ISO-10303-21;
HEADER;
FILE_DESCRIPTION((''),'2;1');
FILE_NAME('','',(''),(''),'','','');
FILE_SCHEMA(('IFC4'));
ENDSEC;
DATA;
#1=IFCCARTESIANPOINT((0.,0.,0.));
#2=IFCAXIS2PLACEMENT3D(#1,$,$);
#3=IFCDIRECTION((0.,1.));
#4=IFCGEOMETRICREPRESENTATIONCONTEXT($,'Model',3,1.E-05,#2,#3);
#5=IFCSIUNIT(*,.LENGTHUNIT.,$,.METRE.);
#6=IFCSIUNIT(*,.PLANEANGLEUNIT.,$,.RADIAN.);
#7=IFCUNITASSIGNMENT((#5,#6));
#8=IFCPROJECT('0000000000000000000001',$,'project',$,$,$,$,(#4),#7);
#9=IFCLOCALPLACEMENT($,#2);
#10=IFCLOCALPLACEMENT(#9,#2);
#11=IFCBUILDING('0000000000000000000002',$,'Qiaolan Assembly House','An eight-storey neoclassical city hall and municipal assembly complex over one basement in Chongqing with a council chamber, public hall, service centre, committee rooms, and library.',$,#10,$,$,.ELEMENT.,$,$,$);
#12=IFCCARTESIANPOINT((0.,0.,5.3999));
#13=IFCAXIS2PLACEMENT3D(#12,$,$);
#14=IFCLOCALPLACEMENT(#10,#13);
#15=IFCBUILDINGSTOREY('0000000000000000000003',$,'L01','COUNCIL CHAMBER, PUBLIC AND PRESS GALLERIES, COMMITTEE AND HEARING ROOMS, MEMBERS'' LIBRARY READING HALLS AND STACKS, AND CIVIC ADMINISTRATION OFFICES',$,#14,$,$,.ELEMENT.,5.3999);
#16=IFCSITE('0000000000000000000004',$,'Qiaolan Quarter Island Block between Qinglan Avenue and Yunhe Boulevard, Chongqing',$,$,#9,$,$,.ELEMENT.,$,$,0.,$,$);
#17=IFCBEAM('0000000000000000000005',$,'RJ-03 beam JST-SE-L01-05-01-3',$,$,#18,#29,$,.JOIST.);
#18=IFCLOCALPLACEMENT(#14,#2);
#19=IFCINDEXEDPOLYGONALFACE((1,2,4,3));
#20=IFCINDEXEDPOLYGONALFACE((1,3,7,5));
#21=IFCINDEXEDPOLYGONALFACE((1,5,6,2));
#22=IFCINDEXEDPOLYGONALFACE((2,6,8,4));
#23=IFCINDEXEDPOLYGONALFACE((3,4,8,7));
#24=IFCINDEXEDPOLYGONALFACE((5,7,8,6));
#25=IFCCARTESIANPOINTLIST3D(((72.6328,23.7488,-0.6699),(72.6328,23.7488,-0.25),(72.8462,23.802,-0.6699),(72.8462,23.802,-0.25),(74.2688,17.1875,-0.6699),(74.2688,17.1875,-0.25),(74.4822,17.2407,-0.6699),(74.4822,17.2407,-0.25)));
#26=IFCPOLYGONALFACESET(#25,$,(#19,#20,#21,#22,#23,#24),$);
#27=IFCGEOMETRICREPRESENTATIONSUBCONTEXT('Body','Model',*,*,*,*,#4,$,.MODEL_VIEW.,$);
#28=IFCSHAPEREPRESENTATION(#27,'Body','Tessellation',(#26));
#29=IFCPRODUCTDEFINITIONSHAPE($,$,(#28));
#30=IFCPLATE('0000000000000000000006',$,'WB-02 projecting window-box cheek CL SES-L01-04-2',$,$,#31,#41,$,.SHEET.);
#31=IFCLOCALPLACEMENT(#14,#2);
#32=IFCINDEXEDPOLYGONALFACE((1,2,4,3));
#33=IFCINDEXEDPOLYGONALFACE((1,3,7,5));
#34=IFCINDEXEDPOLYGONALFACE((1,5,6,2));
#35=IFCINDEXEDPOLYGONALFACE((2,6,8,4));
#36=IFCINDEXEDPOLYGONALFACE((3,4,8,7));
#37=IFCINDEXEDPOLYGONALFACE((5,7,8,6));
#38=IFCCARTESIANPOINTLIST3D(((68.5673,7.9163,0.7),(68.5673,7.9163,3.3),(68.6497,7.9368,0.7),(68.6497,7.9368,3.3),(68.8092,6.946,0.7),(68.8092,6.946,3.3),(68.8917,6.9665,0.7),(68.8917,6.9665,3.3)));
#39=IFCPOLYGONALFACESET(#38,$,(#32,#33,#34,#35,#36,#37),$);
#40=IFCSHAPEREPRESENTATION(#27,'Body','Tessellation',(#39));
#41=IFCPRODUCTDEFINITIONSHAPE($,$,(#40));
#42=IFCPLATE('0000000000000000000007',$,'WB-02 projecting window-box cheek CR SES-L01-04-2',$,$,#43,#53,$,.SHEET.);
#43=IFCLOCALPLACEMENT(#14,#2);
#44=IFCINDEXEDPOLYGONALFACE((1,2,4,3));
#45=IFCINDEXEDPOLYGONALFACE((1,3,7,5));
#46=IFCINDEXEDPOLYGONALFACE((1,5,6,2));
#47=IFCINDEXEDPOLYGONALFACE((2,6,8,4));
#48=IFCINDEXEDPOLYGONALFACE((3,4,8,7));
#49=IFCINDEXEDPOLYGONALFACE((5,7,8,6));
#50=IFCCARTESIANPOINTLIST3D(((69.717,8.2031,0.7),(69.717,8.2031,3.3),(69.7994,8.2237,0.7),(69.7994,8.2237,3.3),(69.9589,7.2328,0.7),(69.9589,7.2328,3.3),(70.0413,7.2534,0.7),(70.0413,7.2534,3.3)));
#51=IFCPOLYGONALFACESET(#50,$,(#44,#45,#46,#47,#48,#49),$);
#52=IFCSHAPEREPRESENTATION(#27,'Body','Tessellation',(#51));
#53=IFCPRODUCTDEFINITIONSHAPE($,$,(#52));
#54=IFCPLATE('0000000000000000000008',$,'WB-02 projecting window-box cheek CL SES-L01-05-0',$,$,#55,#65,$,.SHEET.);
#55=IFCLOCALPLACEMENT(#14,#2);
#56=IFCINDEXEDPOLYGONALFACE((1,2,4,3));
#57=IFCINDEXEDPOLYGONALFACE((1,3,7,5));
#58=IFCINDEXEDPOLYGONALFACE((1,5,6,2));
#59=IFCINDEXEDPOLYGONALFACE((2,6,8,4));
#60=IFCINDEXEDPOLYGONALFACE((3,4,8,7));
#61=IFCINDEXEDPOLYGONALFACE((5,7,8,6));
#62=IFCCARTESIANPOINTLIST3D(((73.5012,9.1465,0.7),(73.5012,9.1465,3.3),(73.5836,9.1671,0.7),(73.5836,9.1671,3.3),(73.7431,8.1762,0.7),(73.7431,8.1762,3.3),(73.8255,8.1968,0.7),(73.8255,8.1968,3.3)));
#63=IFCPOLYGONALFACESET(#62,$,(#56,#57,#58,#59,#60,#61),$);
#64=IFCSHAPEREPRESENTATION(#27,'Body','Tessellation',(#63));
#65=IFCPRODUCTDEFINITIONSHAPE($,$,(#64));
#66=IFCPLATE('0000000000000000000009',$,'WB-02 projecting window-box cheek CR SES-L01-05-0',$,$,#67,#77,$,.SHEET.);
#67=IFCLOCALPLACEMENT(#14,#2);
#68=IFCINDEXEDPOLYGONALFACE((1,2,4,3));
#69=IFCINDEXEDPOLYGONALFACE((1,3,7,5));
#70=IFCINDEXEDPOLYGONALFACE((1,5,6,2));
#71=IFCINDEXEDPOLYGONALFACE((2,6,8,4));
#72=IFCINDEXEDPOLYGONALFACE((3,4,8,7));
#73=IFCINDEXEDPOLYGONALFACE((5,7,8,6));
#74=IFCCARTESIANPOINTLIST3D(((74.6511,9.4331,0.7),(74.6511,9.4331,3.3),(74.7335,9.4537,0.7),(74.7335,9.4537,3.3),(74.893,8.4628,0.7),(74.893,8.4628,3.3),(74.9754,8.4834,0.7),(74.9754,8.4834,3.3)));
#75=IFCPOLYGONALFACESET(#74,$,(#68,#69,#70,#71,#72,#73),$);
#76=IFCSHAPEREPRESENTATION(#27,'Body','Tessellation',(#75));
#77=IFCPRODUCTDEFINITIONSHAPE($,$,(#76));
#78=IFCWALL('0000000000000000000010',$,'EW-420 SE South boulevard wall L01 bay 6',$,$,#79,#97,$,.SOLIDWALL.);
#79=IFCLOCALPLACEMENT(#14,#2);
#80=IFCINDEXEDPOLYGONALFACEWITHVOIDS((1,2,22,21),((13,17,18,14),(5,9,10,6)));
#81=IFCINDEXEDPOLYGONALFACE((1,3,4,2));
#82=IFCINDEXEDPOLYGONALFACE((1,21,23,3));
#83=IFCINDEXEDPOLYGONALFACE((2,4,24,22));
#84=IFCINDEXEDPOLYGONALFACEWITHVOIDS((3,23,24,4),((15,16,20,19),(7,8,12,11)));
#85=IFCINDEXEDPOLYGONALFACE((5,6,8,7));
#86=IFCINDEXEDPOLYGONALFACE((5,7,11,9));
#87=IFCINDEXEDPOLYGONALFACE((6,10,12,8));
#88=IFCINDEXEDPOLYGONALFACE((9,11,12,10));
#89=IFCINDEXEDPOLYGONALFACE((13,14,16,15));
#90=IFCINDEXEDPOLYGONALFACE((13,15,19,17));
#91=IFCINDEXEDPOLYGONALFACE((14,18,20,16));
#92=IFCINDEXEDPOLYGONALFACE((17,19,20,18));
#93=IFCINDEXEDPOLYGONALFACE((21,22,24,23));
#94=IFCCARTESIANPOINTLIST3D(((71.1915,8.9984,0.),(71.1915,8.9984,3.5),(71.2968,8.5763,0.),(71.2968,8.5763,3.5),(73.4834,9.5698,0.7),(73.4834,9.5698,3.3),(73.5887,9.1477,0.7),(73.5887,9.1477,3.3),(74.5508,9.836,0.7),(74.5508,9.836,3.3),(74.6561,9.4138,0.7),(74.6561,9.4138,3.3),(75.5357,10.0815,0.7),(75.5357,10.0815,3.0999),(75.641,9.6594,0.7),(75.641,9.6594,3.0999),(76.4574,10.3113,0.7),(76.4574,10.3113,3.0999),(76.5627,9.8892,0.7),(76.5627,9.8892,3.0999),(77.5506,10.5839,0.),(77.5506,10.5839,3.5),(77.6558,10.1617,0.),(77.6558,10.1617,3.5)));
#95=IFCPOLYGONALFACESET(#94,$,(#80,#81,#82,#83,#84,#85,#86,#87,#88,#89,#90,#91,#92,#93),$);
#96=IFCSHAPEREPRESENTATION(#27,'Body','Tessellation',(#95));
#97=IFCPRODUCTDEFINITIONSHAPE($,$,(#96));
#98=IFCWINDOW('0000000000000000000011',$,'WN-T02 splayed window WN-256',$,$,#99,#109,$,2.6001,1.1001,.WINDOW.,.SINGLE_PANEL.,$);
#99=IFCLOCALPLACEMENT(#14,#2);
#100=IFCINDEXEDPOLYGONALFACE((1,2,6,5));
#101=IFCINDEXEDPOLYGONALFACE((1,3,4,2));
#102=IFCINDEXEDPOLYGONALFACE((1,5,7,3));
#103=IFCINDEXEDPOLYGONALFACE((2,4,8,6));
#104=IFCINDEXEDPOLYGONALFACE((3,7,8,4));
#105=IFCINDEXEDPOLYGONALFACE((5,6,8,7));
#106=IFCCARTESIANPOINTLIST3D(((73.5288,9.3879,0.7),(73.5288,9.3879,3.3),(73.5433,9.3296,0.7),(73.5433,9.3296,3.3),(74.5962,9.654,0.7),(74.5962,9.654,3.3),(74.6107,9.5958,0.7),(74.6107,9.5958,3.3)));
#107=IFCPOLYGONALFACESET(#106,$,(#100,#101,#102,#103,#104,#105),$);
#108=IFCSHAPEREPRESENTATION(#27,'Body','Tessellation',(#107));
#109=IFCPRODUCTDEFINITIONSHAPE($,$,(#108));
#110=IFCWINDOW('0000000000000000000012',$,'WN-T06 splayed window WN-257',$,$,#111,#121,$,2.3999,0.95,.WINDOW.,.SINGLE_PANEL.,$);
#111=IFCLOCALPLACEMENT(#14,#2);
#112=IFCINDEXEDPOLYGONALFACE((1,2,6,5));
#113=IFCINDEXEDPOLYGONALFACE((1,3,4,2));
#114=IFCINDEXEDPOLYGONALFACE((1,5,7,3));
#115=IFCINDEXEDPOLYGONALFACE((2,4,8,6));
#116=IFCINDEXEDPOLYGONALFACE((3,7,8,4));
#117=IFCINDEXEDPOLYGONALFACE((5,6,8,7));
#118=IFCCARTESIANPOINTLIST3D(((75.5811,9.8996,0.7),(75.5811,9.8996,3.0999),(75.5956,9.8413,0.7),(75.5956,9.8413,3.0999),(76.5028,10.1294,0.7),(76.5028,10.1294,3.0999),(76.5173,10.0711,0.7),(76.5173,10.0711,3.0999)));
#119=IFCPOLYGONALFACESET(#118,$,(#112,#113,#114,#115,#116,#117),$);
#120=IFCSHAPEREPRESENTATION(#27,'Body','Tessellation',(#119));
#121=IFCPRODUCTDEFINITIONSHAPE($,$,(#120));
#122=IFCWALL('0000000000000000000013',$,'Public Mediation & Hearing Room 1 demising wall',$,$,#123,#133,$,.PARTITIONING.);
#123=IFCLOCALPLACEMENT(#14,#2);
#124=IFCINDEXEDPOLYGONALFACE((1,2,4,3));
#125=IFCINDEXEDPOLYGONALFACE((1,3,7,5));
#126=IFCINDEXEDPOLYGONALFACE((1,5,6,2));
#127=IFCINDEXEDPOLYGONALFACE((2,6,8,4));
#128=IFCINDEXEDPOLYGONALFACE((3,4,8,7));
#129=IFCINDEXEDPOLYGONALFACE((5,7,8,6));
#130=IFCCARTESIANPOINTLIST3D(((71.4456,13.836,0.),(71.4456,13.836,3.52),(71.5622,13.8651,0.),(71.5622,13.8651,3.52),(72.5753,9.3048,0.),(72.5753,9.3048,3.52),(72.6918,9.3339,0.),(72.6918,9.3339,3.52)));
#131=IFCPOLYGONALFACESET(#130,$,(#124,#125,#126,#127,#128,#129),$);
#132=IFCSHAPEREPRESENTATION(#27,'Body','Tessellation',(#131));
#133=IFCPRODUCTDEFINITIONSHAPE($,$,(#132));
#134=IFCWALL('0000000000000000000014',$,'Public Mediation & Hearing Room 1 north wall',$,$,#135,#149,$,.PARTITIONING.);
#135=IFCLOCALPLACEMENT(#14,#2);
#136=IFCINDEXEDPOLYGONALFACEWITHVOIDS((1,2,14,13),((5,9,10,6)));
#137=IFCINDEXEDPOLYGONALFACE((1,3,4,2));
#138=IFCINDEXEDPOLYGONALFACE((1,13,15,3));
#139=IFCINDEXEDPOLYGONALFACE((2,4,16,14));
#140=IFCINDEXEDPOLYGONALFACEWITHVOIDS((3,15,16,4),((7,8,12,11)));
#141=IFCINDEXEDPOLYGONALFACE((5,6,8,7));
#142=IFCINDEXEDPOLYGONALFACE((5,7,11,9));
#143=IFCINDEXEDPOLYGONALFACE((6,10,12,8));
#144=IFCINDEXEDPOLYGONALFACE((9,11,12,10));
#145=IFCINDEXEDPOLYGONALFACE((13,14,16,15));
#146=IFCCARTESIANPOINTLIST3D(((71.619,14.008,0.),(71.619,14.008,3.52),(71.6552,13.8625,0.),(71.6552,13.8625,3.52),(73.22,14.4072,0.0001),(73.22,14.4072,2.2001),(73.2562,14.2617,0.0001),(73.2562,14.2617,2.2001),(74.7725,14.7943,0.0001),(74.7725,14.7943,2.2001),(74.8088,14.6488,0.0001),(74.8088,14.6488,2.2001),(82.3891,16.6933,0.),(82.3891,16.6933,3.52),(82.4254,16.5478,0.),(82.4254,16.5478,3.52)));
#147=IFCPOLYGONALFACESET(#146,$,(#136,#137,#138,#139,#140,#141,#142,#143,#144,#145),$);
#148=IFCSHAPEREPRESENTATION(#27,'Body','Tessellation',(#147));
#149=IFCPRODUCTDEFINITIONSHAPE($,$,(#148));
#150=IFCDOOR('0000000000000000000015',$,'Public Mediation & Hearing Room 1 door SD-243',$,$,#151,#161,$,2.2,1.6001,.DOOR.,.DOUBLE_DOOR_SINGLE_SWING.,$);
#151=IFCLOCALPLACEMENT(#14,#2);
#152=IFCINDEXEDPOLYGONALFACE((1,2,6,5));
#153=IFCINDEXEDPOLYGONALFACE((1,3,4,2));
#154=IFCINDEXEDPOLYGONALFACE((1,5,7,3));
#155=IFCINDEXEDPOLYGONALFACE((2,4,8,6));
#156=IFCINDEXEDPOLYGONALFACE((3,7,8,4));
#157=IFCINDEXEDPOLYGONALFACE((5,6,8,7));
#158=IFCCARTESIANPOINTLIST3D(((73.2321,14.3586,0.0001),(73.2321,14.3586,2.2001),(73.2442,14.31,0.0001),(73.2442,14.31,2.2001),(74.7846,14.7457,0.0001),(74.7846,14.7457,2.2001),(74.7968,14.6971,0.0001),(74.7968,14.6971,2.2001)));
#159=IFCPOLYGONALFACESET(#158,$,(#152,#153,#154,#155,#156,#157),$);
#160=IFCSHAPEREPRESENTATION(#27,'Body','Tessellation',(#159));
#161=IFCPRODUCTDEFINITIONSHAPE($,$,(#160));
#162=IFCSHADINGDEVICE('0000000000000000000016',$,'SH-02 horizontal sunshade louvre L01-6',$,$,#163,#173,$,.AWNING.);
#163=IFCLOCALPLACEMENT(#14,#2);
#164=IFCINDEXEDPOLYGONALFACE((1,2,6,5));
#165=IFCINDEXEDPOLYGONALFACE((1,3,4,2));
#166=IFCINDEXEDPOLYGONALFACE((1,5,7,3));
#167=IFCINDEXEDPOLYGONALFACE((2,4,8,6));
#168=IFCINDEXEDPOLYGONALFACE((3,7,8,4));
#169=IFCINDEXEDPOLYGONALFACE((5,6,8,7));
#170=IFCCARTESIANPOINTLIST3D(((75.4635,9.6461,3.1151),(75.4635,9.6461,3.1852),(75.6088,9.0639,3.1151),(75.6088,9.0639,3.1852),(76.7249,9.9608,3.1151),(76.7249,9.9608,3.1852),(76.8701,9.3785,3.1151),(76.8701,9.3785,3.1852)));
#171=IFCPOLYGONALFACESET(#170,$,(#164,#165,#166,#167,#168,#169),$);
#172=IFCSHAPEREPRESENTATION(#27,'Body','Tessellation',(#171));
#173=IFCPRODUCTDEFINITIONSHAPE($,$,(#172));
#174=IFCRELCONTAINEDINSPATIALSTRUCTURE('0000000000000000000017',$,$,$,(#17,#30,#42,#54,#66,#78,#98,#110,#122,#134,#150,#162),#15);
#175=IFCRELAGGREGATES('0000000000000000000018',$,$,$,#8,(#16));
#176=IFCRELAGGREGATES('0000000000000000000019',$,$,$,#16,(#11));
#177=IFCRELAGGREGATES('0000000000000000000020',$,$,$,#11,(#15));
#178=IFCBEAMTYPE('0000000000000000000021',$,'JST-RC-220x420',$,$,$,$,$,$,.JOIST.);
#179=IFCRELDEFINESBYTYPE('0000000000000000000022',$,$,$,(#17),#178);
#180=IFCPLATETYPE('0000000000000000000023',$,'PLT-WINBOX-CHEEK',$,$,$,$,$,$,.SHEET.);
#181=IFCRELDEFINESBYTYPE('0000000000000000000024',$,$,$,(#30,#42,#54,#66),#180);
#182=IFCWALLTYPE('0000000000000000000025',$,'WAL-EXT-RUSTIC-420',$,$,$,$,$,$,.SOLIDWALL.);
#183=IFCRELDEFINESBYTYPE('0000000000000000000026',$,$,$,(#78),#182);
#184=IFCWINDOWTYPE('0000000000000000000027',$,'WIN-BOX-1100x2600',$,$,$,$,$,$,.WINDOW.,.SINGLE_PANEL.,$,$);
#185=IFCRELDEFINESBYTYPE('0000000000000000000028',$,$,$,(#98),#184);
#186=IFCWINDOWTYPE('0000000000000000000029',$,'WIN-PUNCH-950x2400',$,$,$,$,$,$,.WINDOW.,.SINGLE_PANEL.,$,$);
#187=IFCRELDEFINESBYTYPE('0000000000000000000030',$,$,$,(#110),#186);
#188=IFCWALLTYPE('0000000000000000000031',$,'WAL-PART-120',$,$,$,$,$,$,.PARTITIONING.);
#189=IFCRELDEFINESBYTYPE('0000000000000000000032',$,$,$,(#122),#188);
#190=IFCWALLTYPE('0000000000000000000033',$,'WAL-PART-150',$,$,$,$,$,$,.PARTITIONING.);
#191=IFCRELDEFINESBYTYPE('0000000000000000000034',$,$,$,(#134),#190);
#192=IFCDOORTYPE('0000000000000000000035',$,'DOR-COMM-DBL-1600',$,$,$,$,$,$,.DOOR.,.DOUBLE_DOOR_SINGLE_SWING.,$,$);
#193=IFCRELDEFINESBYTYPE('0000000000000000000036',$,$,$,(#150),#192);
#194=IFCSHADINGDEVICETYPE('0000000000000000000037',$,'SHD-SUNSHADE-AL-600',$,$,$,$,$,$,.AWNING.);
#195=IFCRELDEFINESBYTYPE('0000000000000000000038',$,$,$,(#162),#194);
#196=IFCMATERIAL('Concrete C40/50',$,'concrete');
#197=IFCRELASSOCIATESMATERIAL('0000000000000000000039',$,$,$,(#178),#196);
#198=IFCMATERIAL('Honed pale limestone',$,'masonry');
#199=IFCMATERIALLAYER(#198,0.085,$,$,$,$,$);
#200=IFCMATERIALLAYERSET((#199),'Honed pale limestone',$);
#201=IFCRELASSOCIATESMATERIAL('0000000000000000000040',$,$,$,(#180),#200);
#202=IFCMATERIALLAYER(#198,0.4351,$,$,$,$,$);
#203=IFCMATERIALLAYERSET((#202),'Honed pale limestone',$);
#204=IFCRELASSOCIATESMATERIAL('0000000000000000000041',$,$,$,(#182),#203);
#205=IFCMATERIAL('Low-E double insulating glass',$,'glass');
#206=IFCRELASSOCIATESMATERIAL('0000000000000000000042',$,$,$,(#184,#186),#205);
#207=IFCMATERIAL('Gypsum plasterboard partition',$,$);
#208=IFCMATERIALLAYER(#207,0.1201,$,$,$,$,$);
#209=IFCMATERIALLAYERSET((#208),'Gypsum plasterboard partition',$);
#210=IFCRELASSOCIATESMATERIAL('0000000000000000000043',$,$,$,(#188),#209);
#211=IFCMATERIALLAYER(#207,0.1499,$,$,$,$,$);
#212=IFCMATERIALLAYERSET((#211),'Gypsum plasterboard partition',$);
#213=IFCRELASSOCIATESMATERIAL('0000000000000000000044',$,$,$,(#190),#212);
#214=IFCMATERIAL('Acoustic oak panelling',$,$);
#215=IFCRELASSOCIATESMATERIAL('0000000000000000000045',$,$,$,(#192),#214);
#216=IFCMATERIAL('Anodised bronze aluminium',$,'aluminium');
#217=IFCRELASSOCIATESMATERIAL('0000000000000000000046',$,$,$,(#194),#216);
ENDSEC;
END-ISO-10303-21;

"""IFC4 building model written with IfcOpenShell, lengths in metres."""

from ifc_helpers import new_model, si_unit, direction, frame, frame_2d, origin, origin_2d, place, context, subcontext, project, spatial, rectangle, extrude, material, layer, layer_set, material_profile, profile_set, type_object, element, fill, save


model = new_model("IFC4")

# Units and contexts
model_context = context("Model", 3, precision=1e-05, world=origin(), true_north=direction((0.0, 1.0)))
body_context = subcontext(model_context, "Body", "Model", "MODEL_VIEW")
ifc_project = project(units=[si_unit("LENGTHUNIT", "METRE"), si_unit("PLANEANGLEUNIT", "RADIAN")], contexts=[model_context])

# Site, building, storey
site_placement = place(None, origin())
site = spatial("IfcSite", under=ifc_project, at=site_placement, Name="Qiaolan Quarter Island Block between Qinglan Avenue and Yunhe Boulevard, Chongqing", CompositionType="ELEMENT", RefElevation=0.0)
building_placement = place(site_placement, origin())
building = spatial("IfcBuilding", under=site, at=building_placement, Name="Qiaolan Assembly House", Description="An eight-storey neoclassical city hall and municipal assembly complex over one basement in Chongqing with a council chamber, public hall, service centre, committee rooms, and library.", CompositionType="ELEMENT")
storey_placement = place(building_placement, frame((0.0, 0.0, 5.3999)))
storey = spatial("IfcBuildingStorey", under=building, at=storey_placement, Name="L01", Description="COUNCIL CHAMBER, PUBLIC AND PRESS GALLERIES, COMMITTEE AND HEARING ROOMS, MEMBERS' LIBRARY READING HALLS AND STACKS, AND CIVIC ADMINISTRATION OFFICES", CompositionType="ELEMENT", Elevation=5.3999)

# Beam
ifc_material_1 = material(Name="Concrete C40/50", Category="concrete")
ifc_material_profile_1 = material_profile(ifc_material_1, rectangle(XDim=0.22, YDim=0.4199, at=origin_2d()), Name="RCB 220x420")
ifc_profile_set_1 = profile_set([ifc_material_profile_1], Name="Concrete C40/50")
beam_type_1 = type_object("IfcBeamType", Name="JST-RC-220x420", PredefinedType="JOIST", material=ifc_profile_set_1)
beam_1_placement = place(storey_placement, frame((74.3755, 17.2141, -0.46), z_axis=(-0.241932, 0.970293, 0.0), x_axis=(-0.970293, -0.241932, 0.0)))
element("IfcBeam", 1, at=beam_1_placement, inside=storey, type_object=beam_type_1, Name="RJ-03 beam JST-SE-L01-05-01-3", PredefinedType="JOIST", context=body_context, shape_type="SweptSolid", body=[
    extrude(rectangle(XDim=0.22, YDim=0.4199, at=origin_2d()), origin(), (0.0, 0.0, 1.0), 6.7622),
])

# Plates
ifc_material_2 = material(Name="Honed pale limestone", Category="masonry")
ifc_layer_1 = layer(ifc_material_2, 0.085)
ifc_layer_set_1 = layer_set([ifc_layer_1], Name="Honed pale limestone")
plate_type = type_object("IfcPlateType", Name="PLT-WINBOX-CHEEK", PredefinedType="SHEET", material=ifc_layer_set_1)
for number, where, z_axis, x_axis, name in (
    (2, (68.7295, 7.4414, 0.7), (0.0, 0.0, 1.0), (0.970296, 0.241922, 0.0), "WB-02 projecting window-box cheek CL SES-L01-04-2"),
    (3, (69.8792, 7.7283, 0.7), (0.0, 0.0, 1.0), (0.970296, 0.241922, 0.0), "WB-02 projecting window-box cheek CR SES-L01-04-2"),
    (4, (73.6633, 8.6716, 0.7), (0.0, 0.0, 1.0), (0.970296, 0.241922, 0.0), "WB-02 projecting window-box cheek CL SES-L01-05-0"),
    (5, (74.8132, 8.9583, 0.7), (0.0, 0.0, 1.0), (0.970296, 0.241922, 0.0), "WB-02 projecting window-box cheek CR SES-L01-05-0"),
):
    element("IfcPlate", number, at=place(storey_placement, frame(where, z_axis=z_axis, x_axis=x_axis)), inside=storey, type_object=plate_type, Name=name, PredefinedType="SHEET", context=body_context, shape_type="SweptSolid", body=[
        extrude(rectangle(XDim=0.085, YDim=1.0, at=origin_2d()), origin(), (0.0, 0.0, 1.0), 2.6001),
    ])

# Wall, openings, windows
ifc_layer_2 = layer(ifc_material_2, 0.4351)
ifc_layer_set_2 = layer_set([ifc_layer_2], Name="Honed pale limestone")
wall_type_1 = type_object("IfcWallType", Name="WAL-EXT-RUSTIC-420", PredefinedType="SOLIDWALL", material=ifc_layer_set_2)
wall_1_placement = place(storey_placement, frame((71.2441, 8.7874, 0.0), z_axis=(0.0, 0.0, 1.0), x_axis=(0.970298, 0.241913, 0.0)))
wall_1 = element("IfcWall", 6, at=wall_1_placement, inside=storey, type_object=wall_type_1, Name="EW-420 SE South boulevard wall L01 bay 6", PredefinedType="SOLIDWALL", context=body_context, shape_type="SweptSolid", body=[
    extrude(rectangle(XDim=6.5537, YDim=0.4351, at=frame_2d((3.2769, 0.0))), origin(), (0.0, 0.0, 1.0), 3.5),
])
opening_1_placement = place(wall_1_placement, frame((2.3621, 0.0, 0.7)))
opening_1 = element("IfcOpeningElement", 7, at=opening_1_placement, cuts=wall_1, PredefinedType="OPENING", context=body_context, shape_type="SweptSolid", body=[
    extrude(rectangle(XDim=1.1001, YDim=2.6001, at=frame_2d((0.55, 1.3))), frame((0.0, 0.2275, 0.0), z_axis=(0.0, -1.0, 0.0), x_axis=(1.0, 0.0, 0.0)), (0.0, 0.0, 1.0), 0.4551),
])
opening_2_placement = place(wall_1_placement, frame((4.4771, 0.0, 0.7)))
opening_2 = element("IfcOpeningElement", 8, at=opening_2_placement, cuts=wall_1, PredefinedType="OPENING", context=body_context, shape_type="SweptSolid", body=[
    extrude(rectangle(XDim=0.95, YDim=2.3999, at=frame_2d((0.4751, 1.2))), frame((0.0, 0.2275, 0.0), z_axis=(0.0, -1.0, 0.0), x_axis=(1.0, 0.0, 0.0)), (0.0, 0.0, 1.0), 0.4551),
])
ifc_material_3 = material(Name="Low-E double insulating glass", Category="glass")
window_type_1 = type_object("IfcWindowType", Name="WIN-BOX-1100x2600", PartitioningType="SINGLE_PANEL", PredefinedType="WINDOW", material=ifc_material_3)
window_1_placement = place(opening_1_placement, origin())
window_1 = element("IfcWindow", 9, at=window_1_placement, inside=storey, type_object=window_type_1, Name="WN-T02 splayed window WN-256", OverallHeight=2.6001, OverallWidth=1.1001, PartitioningType="SINGLE_PANEL", PredefinedType="WINDOW", context=body_context, shape_type="SweptSolid", body=[
    extrude(rectangle(XDim=1.1001, YDim=2.6001, at=frame_2d((0.55, 1.3))), frame((0.0, 0.03, 0.0), z_axis=(0.0, -1.0, 0.0), x_axis=(1.0, 0.0, 0.0)), (0.0, 0.0, 1.0), 0.0601),
])
fill(opening_1, window_1)
window_type_2 = type_object("IfcWindowType", Name="WIN-PUNCH-950x2400", PartitioningType="SINGLE_PANEL", PredefinedType="WINDOW", material=ifc_material_3)
window_2_placement = place(opening_2_placement, origin())
window_2 = element("IfcWindow", 10, at=window_2_placement, inside=storey, type_object=window_type_2, Name="WN-T06 splayed window WN-257", OverallHeight=2.3999, OverallWidth=0.95, PartitioningType="SINGLE_PANEL", PredefinedType="WINDOW", context=body_context, shape_type="SweptSolid", body=[
    extrude(rectangle(XDim=0.95, YDim=2.3999, at=frame_2d((0.4751, 1.2))), frame((0.0, 0.03, 0.0), z_axis=(0.0, -1.0, 0.0), x_axis=(1.0, 0.0, 0.0)), (0.0, 0.0, 1.0), 0.0601),
])
fill(opening_2, window_2)

# Wall
ifc_material_4 = material(Name="Gypsum plasterboard partition")
ifc_layer_3 = layer(ifc_material_4, 0.1201)
ifc_layer_set_3 = layer_set([ifc_layer_3], Name="Gypsum plasterboard partition")
wall_type_2 = type_object("IfcWallType", Name="WAL-PART-120", PredefinedType="PARTITIONING", material=ifc_layer_set_3)
wall_2_placement = place(storey_placement, frame((72.6335, 9.3193, 0.0), z_axis=(0.0, 0.0, 1.0), x_axis=(-0.241896, 0.970302, 0.0)))
element("IfcWall", 11, at=wall_2_placement, inside=storey, type_object=wall_type_2, Name="Public Mediation & Hearing Room 1 demising wall", PredefinedType="PARTITIONING", context=body_context, shape_type="SweptSolid", body=[
    extrude(rectangle(XDim=4.6699, YDim=0.1201, at=frame_2d((2.335, 0.0))), origin(), (0.0, 0.0, 1.0), 3.52),
])

# Wall, opening, door
ifc_layer_4 = layer(ifc_material_4, 0.1499)
ifc_layer_set_4 = layer_set([ifc_layer_4], Name="Gypsum plasterboard partition")
wall_type_3 = type_object("IfcWallType", Name="WAL-PART-150", PredefinedType="PARTITIONING", material=ifc_layer_set_4)
wall_3_placement = place(storey_placement, frame((71.6372, 13.9353, 0.0), z_axis=(0.0, 0.0, 1.0), x_axis=(0.970296, 0.24192, 0.0)))
wall_3 = element("IfcWall", 12, at=wall_3_placement, inside=storey, type_object=wall_type_3, Name="Public Mediation & Hearing Room 1 north wall", PredefinedType="PARTITIONING", context=body_context, shape_type="SweptSolid", body=[
    extrude(rectangle(XDim=11.0999, YDim=0.1499, at=frame_2d((5.5498, 0.0))), origin(), (0.0, 0.0, 1.0), 3.52),
])
opening_3_placement = place(wall_3_placement, frame((1.6499, 0.0, 0.0)))
opening_3 = element("IfcOpeningElement", 13, at=opening_3_placement, cuts=wall_3, PredefinedType="OPENING", context=body_context, shape_type="SweptSolid", body=[
    extrude(rectangle(XDim=1.6001, YDim=2.2, at=frame_2d((0.8, 1.1001))), frame((0.0, 0.085, 0.0), z_axis=(0.0, -1.0, 0.0), x_axis=(1.0, 0.0, 0.0)), (0.0, 0.0, 1.0), 0.1699),
])
ifc_material_5 = material(Name="Acoustic oak panelling")
door_type = type_object("IfcDoorType", Name="DOR-COMM-DBL-1600", OperationType="DOUBLE_DOOR_SINGLE_SWING", PredefinedType="DOOR", material=ifc_material_5)
door_placement = place(opening_3_placement, origin())
door = element("IfcDoor", 14, at=door_placement, inside=storey, type_object=door_type, Name="Public Mediation & Hearing Room 1 door SD-243", OperationType="DOUBLE_DOOR_SINGLE_SWING", OverallHeight=2.2, OverallWidth=1.6001, PredefinedType="DOOR", context=body_context, shape_type="SweptSolid", body=[
    extrude(rectangle(XDim=1.6001, YDim=2.2, at=frame_2d((0.8, 1.1001))), frame((0.0, 0.0249, 0.0), z_axis=(0.0, -1.0, 0.0), x_axis=(1.0, 0.0, 0.0)), (0.0, 0.0, 1.0), 0.05),
])
fill(opening_3, door)

# Shading device
ifc_material_6 = material(Name="Anodised bronze aluminium", Category="aluminium")
ifc_material_profile_2 = material_profile(ifc_material_6, rectangle(XDim=0.6001, YDim=0.0701, at=origin_2d()), Name="SHD 600x70")
ifc_profile_set_2 = profile_set([ifc_material_profile_2], Name="Anodised bronze aluminium")
shading_device_type = type_object("IfcShadingDeviceType", Name="SHD-SUNSHADE-AL-600", PredefinedType="AWNING", material=ifc_profile_set_2)
shading_device_placement = place(storey_placement, frame((75.5361, 9.355, 3.1501), z_axis=(0.970264, 0.24205, 0.0), x_axis=(-0.24205, 0.970264, 0.0)))
element("IfcShadingDevice", 15, at=shading_device_placement, inside=storey, type_object=shading_device_type, Name="SH-02 horizontal sunshade louvre L01-6", PredefinedType="AWNING", context=body_context, shape_type="SweptSolid", body=[
    extrude(rectangle(XDim=0.6001, YDim=0.0701, at=origin_2d()), origin(), (0.0, 0.0, 1.0), 1.3),
])

save(model, "model.ifc")
